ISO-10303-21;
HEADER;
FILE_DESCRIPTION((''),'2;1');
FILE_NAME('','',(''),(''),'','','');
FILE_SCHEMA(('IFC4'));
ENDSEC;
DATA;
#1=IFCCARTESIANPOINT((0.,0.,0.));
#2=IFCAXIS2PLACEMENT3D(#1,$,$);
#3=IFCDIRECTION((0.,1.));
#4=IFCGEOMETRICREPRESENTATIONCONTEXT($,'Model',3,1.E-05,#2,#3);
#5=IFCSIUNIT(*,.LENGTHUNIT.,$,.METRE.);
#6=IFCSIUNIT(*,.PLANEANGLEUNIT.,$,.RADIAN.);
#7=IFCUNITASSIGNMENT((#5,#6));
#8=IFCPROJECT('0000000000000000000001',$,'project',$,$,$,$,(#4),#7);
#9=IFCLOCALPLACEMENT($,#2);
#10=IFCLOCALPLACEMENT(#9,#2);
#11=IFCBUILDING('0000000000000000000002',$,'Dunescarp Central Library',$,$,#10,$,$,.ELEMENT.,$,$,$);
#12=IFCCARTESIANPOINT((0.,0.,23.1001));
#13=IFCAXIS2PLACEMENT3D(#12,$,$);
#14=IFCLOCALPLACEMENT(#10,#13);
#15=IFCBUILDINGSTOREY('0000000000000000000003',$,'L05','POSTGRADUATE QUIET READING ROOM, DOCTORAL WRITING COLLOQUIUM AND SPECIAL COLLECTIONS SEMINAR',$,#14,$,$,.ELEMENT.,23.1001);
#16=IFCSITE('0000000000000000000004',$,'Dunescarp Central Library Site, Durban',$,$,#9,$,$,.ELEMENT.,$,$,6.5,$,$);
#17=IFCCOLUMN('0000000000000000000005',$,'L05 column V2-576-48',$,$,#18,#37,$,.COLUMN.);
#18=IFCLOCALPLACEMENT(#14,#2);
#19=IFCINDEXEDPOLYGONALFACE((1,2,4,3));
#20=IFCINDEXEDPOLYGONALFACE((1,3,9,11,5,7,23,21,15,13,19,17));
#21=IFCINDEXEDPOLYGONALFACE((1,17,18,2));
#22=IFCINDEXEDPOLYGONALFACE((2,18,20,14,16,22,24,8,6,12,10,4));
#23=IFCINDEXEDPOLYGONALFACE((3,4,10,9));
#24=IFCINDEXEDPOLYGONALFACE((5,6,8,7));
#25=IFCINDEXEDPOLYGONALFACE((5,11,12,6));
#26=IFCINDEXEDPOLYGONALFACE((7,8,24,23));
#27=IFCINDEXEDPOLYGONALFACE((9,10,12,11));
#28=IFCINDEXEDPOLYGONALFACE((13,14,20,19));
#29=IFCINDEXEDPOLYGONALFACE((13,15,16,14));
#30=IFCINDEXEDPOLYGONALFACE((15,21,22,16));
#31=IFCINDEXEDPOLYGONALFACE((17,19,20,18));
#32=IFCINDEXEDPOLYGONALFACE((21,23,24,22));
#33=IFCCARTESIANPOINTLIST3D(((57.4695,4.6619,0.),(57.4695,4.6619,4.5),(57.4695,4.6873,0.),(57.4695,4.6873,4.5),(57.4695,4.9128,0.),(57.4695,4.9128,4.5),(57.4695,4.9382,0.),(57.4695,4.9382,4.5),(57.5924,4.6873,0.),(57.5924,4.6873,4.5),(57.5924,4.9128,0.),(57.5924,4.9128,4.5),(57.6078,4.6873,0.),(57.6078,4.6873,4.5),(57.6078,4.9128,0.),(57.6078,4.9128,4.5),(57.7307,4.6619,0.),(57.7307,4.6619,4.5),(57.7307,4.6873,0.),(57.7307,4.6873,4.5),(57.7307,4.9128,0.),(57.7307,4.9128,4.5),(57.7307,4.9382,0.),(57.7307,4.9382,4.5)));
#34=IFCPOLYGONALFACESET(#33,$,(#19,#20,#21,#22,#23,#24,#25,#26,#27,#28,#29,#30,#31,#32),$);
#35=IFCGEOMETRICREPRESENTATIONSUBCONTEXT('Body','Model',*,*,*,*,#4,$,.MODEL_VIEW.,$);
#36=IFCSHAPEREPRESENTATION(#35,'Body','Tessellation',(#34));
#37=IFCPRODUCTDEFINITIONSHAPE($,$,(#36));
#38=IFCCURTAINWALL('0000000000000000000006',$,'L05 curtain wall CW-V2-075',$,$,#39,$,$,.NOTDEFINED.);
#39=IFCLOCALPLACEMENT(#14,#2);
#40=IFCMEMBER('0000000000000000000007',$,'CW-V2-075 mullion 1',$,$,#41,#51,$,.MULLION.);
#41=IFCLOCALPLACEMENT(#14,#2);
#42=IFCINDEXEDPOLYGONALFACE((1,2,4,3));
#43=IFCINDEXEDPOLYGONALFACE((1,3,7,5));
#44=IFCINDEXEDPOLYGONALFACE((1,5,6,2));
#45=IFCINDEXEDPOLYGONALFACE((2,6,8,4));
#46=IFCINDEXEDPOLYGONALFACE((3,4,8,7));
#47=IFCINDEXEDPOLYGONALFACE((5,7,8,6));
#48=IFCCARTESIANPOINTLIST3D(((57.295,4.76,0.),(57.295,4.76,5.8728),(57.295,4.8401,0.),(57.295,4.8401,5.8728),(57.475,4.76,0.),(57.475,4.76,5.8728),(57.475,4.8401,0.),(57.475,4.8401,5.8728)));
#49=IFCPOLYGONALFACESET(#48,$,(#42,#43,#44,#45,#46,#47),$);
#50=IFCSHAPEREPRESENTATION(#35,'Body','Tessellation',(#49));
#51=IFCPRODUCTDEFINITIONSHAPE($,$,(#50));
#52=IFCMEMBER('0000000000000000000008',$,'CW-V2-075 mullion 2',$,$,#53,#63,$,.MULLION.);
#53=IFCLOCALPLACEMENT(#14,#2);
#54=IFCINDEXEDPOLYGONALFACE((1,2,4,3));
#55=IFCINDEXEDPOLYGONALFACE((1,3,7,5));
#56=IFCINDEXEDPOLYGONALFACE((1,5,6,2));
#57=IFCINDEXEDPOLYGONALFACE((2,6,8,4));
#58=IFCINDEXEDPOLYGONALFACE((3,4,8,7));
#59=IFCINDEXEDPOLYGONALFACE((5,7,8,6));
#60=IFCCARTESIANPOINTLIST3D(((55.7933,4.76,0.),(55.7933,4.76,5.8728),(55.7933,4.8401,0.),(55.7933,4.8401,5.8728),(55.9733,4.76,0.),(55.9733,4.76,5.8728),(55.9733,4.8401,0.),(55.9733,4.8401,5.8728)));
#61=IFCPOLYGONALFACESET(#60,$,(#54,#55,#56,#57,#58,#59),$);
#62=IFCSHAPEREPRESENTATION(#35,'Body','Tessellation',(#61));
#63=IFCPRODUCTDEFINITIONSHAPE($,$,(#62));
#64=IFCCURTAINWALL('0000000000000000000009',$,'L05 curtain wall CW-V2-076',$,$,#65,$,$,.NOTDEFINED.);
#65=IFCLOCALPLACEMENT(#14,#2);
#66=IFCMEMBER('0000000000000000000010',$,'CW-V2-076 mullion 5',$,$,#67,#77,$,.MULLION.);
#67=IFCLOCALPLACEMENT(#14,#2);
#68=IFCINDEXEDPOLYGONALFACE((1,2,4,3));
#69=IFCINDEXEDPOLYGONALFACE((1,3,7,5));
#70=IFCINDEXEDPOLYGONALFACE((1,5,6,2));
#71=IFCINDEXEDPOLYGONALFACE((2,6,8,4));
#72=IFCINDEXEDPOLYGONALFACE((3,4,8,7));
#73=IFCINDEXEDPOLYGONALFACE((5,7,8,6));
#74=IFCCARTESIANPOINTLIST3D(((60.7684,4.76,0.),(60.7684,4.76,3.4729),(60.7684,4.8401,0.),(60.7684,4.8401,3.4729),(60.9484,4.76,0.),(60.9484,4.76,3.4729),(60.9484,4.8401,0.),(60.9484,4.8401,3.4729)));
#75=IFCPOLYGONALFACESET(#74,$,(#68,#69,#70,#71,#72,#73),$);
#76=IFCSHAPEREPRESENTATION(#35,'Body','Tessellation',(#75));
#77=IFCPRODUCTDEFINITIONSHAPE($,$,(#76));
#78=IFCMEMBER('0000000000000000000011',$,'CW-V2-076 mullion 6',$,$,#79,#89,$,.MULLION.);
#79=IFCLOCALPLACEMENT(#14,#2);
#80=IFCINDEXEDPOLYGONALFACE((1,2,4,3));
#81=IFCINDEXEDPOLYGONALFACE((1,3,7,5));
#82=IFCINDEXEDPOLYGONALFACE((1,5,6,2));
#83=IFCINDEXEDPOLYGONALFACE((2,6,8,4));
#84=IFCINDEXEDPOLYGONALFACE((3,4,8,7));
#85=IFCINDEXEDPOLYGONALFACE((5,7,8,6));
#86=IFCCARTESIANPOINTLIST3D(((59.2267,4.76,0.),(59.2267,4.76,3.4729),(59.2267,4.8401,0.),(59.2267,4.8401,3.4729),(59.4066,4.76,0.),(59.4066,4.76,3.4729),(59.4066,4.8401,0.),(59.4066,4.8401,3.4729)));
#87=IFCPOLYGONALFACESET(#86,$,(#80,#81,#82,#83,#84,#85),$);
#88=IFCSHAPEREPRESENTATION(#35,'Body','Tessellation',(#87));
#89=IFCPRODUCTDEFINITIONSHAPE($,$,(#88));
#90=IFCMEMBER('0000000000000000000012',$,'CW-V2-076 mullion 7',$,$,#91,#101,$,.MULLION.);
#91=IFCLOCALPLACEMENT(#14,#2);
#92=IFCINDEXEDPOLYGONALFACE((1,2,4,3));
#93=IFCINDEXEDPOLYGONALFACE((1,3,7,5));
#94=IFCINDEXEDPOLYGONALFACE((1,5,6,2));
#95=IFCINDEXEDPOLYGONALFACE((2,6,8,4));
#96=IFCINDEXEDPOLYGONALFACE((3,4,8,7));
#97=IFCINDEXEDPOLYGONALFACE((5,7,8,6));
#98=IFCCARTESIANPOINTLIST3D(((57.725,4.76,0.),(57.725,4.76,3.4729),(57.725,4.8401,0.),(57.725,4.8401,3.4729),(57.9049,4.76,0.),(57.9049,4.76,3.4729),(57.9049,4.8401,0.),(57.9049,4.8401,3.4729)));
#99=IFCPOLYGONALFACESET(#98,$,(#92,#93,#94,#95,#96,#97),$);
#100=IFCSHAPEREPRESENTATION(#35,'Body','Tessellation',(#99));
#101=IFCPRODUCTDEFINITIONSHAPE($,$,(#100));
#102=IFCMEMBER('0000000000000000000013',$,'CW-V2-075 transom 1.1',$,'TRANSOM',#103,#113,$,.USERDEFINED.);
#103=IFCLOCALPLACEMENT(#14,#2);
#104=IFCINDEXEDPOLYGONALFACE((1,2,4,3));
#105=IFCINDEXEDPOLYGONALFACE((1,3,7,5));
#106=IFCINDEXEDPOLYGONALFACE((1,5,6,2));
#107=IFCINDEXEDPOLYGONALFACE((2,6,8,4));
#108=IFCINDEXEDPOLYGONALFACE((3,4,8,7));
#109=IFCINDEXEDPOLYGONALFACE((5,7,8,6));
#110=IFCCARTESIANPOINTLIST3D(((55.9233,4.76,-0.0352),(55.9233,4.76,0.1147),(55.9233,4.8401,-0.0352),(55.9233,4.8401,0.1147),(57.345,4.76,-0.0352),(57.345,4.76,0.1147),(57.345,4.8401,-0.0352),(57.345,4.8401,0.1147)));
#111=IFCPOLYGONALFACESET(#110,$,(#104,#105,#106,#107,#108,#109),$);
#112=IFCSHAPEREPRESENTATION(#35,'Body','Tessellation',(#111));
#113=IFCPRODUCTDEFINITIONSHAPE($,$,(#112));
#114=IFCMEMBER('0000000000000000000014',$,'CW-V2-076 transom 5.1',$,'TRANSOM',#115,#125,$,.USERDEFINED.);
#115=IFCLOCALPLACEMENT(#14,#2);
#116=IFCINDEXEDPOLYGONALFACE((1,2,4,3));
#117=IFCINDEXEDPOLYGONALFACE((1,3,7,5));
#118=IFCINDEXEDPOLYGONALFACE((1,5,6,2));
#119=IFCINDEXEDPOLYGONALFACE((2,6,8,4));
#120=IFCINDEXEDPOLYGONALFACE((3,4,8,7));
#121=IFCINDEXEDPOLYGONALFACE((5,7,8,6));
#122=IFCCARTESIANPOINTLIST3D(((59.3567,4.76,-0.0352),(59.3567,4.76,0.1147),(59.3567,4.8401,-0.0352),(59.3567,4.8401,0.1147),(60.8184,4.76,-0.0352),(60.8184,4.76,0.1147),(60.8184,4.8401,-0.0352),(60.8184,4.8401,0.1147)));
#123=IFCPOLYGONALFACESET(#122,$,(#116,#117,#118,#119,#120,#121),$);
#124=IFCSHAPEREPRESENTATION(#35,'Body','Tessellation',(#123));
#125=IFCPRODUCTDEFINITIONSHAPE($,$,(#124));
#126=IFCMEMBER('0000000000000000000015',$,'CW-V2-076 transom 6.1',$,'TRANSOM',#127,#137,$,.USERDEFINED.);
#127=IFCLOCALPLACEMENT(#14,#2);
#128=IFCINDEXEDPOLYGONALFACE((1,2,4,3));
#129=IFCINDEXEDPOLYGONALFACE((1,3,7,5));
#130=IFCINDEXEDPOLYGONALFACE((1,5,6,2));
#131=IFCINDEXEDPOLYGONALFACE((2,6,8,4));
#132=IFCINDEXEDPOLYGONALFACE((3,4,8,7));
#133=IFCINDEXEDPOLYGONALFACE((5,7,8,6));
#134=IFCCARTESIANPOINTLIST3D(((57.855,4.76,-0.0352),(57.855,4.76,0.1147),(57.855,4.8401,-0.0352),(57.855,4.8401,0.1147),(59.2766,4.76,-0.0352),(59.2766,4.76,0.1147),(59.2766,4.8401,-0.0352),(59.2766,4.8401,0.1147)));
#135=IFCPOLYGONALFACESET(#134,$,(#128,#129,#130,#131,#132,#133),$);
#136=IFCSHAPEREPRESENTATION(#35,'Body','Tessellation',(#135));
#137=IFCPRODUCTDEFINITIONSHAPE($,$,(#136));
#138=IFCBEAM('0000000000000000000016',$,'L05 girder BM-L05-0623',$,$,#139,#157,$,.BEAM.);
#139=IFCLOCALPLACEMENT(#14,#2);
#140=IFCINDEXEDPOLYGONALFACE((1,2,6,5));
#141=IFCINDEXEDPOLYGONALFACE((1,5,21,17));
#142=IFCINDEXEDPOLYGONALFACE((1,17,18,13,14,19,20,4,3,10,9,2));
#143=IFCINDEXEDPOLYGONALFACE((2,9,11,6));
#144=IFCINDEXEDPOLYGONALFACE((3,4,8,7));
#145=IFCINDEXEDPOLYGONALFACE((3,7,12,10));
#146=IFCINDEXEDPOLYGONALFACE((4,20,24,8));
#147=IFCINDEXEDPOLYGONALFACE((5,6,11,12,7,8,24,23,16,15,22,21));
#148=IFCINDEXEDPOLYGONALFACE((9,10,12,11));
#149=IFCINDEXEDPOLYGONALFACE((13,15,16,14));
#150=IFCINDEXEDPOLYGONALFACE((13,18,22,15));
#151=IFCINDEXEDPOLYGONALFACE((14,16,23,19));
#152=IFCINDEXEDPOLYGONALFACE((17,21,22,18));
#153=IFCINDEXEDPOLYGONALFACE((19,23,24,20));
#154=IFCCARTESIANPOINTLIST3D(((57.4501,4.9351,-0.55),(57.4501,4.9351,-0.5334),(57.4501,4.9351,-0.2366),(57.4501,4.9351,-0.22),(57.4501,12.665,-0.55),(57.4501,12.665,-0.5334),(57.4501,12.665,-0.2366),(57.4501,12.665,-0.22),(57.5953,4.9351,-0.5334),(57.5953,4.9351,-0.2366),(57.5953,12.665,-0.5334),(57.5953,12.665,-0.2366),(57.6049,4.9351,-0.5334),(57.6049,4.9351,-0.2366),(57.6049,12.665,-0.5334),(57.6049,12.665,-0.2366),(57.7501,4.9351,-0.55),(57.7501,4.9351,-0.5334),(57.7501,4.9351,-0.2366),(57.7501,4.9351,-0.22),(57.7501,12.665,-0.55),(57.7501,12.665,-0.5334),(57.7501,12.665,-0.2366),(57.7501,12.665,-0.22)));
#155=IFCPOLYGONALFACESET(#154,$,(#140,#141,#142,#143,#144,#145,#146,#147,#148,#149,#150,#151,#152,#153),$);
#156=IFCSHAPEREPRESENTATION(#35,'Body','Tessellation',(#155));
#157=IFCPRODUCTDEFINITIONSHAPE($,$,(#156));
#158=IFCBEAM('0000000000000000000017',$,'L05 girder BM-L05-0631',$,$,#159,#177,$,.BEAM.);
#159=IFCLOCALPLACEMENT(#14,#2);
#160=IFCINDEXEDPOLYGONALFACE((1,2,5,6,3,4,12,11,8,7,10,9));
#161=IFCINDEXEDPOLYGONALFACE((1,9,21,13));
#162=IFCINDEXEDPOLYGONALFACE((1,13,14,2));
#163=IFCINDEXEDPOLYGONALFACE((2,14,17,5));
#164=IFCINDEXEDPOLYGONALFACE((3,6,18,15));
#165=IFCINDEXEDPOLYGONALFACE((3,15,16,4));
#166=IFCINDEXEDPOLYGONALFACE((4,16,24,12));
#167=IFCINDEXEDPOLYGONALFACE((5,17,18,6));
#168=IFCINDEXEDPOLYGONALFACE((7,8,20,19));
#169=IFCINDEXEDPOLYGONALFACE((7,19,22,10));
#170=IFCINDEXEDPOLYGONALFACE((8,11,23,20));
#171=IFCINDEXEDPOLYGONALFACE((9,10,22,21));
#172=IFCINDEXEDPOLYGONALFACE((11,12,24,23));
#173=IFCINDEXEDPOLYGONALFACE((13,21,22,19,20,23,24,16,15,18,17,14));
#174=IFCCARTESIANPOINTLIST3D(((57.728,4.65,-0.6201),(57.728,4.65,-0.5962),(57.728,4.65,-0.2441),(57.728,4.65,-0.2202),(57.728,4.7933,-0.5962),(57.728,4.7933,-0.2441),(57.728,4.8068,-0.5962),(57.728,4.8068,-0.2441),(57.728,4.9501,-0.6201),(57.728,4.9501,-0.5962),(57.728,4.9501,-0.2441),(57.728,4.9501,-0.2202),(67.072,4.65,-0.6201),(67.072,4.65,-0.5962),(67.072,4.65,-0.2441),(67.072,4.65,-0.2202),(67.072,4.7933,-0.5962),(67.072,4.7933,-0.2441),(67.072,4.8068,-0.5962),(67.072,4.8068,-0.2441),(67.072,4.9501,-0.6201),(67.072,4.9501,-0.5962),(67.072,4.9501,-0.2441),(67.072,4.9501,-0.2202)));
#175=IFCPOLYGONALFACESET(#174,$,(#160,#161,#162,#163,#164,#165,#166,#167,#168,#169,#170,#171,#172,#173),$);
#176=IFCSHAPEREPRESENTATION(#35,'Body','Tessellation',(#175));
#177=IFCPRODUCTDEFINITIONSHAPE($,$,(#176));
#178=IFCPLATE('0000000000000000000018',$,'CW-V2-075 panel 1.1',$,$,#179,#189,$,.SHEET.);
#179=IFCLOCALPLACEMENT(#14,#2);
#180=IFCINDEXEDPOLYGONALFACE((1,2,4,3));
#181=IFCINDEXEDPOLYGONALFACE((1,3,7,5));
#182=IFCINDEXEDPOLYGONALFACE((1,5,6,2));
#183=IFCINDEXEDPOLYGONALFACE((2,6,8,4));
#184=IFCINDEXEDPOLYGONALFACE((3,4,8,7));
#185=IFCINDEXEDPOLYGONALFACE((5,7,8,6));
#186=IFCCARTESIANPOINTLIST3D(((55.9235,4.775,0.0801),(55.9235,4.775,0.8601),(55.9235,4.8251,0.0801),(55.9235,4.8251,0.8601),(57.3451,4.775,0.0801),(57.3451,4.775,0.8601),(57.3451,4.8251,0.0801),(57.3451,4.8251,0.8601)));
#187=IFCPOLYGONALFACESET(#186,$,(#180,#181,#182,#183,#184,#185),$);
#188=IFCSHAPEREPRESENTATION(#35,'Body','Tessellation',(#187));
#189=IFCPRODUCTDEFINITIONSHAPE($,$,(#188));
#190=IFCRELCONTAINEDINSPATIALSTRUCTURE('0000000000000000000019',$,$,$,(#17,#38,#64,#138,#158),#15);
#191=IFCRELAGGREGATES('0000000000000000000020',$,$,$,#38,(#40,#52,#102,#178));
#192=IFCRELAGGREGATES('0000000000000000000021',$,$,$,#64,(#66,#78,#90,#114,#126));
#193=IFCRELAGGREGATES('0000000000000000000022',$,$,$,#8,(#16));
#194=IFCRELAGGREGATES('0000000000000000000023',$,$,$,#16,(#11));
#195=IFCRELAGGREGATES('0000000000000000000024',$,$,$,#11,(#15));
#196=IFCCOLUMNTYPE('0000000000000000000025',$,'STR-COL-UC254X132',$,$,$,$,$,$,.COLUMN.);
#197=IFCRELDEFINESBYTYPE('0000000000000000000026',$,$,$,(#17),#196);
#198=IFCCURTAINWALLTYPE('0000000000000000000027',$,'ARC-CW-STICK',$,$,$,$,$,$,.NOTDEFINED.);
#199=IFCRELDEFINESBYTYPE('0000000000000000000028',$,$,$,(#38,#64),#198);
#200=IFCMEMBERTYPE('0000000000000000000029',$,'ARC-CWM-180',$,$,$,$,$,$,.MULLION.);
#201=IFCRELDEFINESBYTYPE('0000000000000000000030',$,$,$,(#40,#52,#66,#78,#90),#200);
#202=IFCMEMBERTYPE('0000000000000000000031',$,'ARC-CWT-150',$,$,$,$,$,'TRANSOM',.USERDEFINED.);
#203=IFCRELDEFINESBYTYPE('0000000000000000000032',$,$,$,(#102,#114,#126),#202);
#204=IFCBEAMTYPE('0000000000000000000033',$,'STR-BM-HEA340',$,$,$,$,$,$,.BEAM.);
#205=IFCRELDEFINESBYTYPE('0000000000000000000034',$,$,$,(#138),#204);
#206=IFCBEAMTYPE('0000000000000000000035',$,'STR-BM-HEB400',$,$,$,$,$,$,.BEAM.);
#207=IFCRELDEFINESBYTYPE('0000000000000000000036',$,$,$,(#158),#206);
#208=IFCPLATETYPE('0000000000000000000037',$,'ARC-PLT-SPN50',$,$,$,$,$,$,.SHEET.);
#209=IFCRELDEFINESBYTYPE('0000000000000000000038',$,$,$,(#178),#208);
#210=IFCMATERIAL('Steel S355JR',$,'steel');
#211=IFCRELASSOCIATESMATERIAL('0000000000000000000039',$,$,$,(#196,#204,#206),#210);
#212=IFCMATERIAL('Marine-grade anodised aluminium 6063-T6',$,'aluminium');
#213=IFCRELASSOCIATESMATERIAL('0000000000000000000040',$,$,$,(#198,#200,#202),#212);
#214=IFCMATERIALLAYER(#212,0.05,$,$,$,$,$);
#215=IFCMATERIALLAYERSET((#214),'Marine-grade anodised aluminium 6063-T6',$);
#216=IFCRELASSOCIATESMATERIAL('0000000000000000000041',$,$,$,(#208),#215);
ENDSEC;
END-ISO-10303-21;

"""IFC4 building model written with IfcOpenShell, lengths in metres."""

from ifc_helpers import new_model, si_unit, direction, frame, origin, origin_2d, place, context, subcontext, project, spatial, rectangle, i_section, extrude, material, layer, layer_set, material_profile, profile_set, type_object, element, aggregate, save


model = new_model("IFC4")

# Units and contexts
model_context = context("Model", 3, precision=1e-05, world=origin(), true_north=direction((0.0, 1.0)))
body_context = subcontext(model_context, "Body", "Model", "MODEL_VIEW")
ifc_project = project(units=[si_unit("LENGTHUNIT", "METRE"), si_unit("PLANEANGLEUNIT", "RADIAN")], contexts=[model_context])

# Site, building, storey
site_placement = place(None, origin())
site = spatial("IfcSite", under=ifc_project, at=site_placement, Name="Dunescarp Central Library Site, Durban", CompositionType="ELEMENT", RefElevation=6.5)
building_placement = place(site_placement, origin())
building = spatial("IfcBuilding", under=site, at=building_placement, Name="Dunescarp Central Library", CompositionType="ELEMENT")
storey_placement = place(building_placement, frame((0.0, 0.0, 23.1001)))
storey = spatial("IfcBuildingStorey", under=building, at=storey_placement, Name="L05", Description="POSTGRADUATE QUIET READING ROOM, DOCTORAL WRITING COLLOQUIUM AND SPECIAL COLLECTIONS SEMINAR", CompositionType="ELEMENT", Elevation=23.1001)

# Column
ifc_material_1 = material(Name="Steel S355JR", Category="steel")
ifc_material_profile_1 = material_profile(ifc_material_1, i_section(OverallWidth=0.2612, OverallDepth=0.2764, WebThickness=0.0154, FlangeThickness=0.0254, at=origin_2d()), Name="UC 254x254x132")
ifc_profile_set_1 = profile_set([ifc_material_profile_1], Name="Steel S355JR")
column_type = type_object("IfcColumnType", Name="STR-COL-UC254X132", PredefinedType="COLUMN", material=ifc_profile_set_1)
column_placement = place(storey_placement, frame((57.6001, 4.8, 0.0), z_axis=(0.0, 0.0, 1.0), x_axis=(1.0, 0.0, 0.0)))
element("IfcColumn", 1, at=column_placement, inside=storey, type_object=column_type, Name="L05 column V2-576-48", PredefinedType="COLUMN", context=body_context, shape_type="SweptSolid", body=[
    extrude(i_section(OverallWidth=0.2612, OverallDepth=0.2764, WebThickness=0.0154, FlangeThickness=0.0254, at=origin_2d()), origin(), (0.0, 0.0, 1.0), 4.5),
])

# Curtain walls, members
ifc_material_2 = material(Name="Marine-grade anodised aluminium 6063-T6", Category="aluminium")
curtain_wall_type = type_object("IfcCurtainWallType", Name="ARC-CW-STICK", PredefinedType="NOTDEFINED", material=ifc_material_2)
curtain_wall_1_placement = place(storey_placement, origin())
curtain_wall_1 = element("IfcCurtainWall", 2, at=curtain_wall_1_placement, inside=storey, type_object=curtain_wall_type, Name="L05 curtain wall CW-V2-075", PredefinedType="NOTDEFINED")
ifc_material_profile_2 = material_profile(ifc_material_2, rectangle(XDim=0.0801, YDim=0.1799, at=origin_2d()), Name="AL 80x180")
ifc_profile_set_2 = profile_set([ifc_material_profile_2], Name="Marine-grade anodised aluminium 6063-T6")
member_type_1 = type_object("IfcMemberType", Name="ARC-CWM-180", PredefinedType="MULLION", material=ifc_profile_set_2)
member_1_placement = place(storey_placement, frame((57.385, 4.8, 0.0), z_axis=(0.0, 0.0, 1.0), x_axis=(0.0, -1.0, 0.0)))
member_1 = element("IfcMember", 3, at=member_1_placement, type_object=member_type_1, Name="CW-V2-075 mullion 1", PredefinedType="MULLION", context=body_context, shape_type="SweptSolid", body=[
    extrude(rectangle(XDim=0.0801, YDim=0.1799, at=origin_2d()), origin(), (0.0, 0.0, 1.0), 5.8728),
])
member_2_placement = place(storey_placement, frame((55.8833, 4.8, 0.0), z_axis=(0.0, 0.0, 1.0), x_axis=(0.0, -1.0, 0.0)))
member_2 = element("IfcMember", 4, at=member_2_placement, type_object=member_type_1, Name="CW-V2-075 mullion 2", PredefinedType="MULLION", context=body_context, shape_type="SweptSolid", body=[
    extrude(rectangle(XDim=0.0801, YDim=0.1799, at=origin_2d()), origin(), (0.0, 0.0, 1.0), 5.8728),
])
curtain_wall_2_placement = place(storey_placement, origin())
curtain_wall_2 = element("IfcCurtainWall", 5, at=curtain_wall_2_placement, inside=storey, type_object=curtain_wall_type, Name="L05 curtain wall CW-V2-076", PredefinedType="NOTDEFINED")
member_3_placement = place(storey_placement, frame((60.8584, 4.8, 0.0), z_axis=(0.0, 0.0, 1.0), x_axis=(0.0, -1.0, 0.0)))
member_3 = element("IfcMember", 6, at=member_3_placement, type_object=member_type_1, Name="CW-V2-076 mullion 5", PredefinedType="MULLION", context=body_context, shape_type="SweptSolid", body=[
    extrude(rectangle(XDim=0.0801, YDim=0.1799, at=origin_2d()), origin(), (0.0, 0.0, 1.0), 3.4729),
])
member_4_placement = place(storey_placement, frame((59.3167, 4.8, 0.0), z_axis=(0.0, 0.0, 1.0), x_axis=(0.0, -1.0, 0.0)))
member_4 = element("IfcMember", 7, at=member_4_placement, type_object=member_type_1, Name="CW-V2-076 mullion 6", PredefinedType="MULLION", context=body_context, shape_type="SweptSolid", body=[
    extrude(rectangle(XDim=0.0801, YDim=0.1799, at=origin_2d()), origin(), (0.0, 0.0, 1.0), 3.4729),
])
member_5_placement = place(storey_placement, frame((57.8149, 4.8, 0.0), z_axis=(0.0, 0.0, 1.0), x_axis=(0.0, -1.0, 0.0)))
member_5 = element("IfcMember", 8, at=member_5_placement, type_object=member_type_1, Name="CW-V2-076 mullion 7", PredefinedType="MULLION", context=body_context, shape_type="SweptSolid", body=[
    extrude(rectangle(XDim=0.0801, YDim=0.1799, at=origin_2d()), origin(), (0.0, 0.0, 1.0), 3.4729),
])

# Members
ifc_material_profile_3 = material_profile(ifc_material_2, rectangle(XDim=0.0801, YDim=0.1499, at=origin_2d()), Name="AL 80x150")
ifc_profile_set_3 = profile_set([ifc_material_profile_3], Name="Marine-grade anodised aluminium 6063-T6")
member_type_2 = type_object("IfcMemberType", Name="ARC-CWT-150", ElementType="TRANSOM", PredefinedType="USERDEFINED", material=ifc_profile_set_3)
member_6_placement = place(storey_placement, frame((57.345, 4.8, 0.0398), z_axis=(-1.0, 0.0, 0.0), x_axis=(0.0, -1.0, 0.0)))
member_6 = element("IfcMember", 9, at=member_6_placement, type_object=member_type_2, Name="CW-V2-075 transom 1.1", ObjectType="TRANSOM", PredefinedType="USERDEFINED", context=body_context, shape_type="SweptSolid", body=[
    extrude(rectangle(XDim=0.0801, YDim=0.1499, at=origin_2d()), origin(), (0.0, 0.0, 1.0), 1.4216),
])
member_7_placement = place(storey_placement, frame((60.8184, 4.8, 0.0398), z_axis=(-1.0, 0.0, 0.0), x_axis=(0.0, -1.0, 0.0)))
member_7 = element("IfcMember", 10, at=member_7_placement, type_object=member_type_2, Name="CW-V2-076 transom 5.1", ObjectType="TRANSOM", PredefinedType="USERDEFINED", context=body_context, shape_type="SweptSolid", body=[
    extrude(rectangle(XDim=0.0801, YDim=0.1499, at=origin_2d()), origin(), (0.0, 0.0, 1.0), 1.4617),
])
member_8_placement = place(storey_placement, frame((59.2766, 4.8, 0.0398), z_axis=(-1.0, 0.0, 0.0), x_axis=(0.0, -1.0, 0.0)))
member_8 = element("IfcMember", 11, at=member_8_placement, type_object=member_type_2, Name="CW-V2-076 transom 6.1", ObjectType="TRANSOM", PredefinedType="USERDEFINED", context=body_context, shape_type="SweptSolid", body=[
    extrude(rectangle(XDim=0.0801, YDim=0.1499, at=origin_2d()), origin(), (0.0, 0.0, 1.0), 1.4216),
])

# Beams
ifc_material_profile_4 = material_profile(ifc_material_1, i_section(OverallWidth=0.3, OverallDepth=0.3301, WebThickness=0.0095, FlangeThickness=0.0166, at=origin_2d()), Name="HEA 340")
ifc_profile_set_4 = profile_set([ifc_material_profile_4], Name="Steel S355JR")
beam_type_1 = type_object("IfcBeamType", Name="STR-BM-HEA340", PredefinedType="BEAM", material=ifc_profile_set_4)
beam_1_placement = place(storey_placement, frame((57.6001, 4.9351, -0.385), z_axis=(0.0, 1.0, 0.0), x_axis=(-1.0, 0.0, 0.0)))
element("IfcBeam", 12, at=beam_1_placement, inside=storey, type_object=beam_type_1, Name="L05 girder BM-L05-0623", PredefinedType="BEAM", context=body_context, shape_type="SweptSolid", body=[
    extrude(i_section(OverallWidth=0.3, OverallDepth=0.3301, WebThickness=0.0095, FlangeThickness=0.0166, at=origin_2d()), origin(), (0.0, 0.0, 1.0), 7.73),
])
ifc_material_profile_5 = material_profile(ifc_material_1, i_section(OverallWidth=0.3, OverallDepth=0.3999, WebThickness=0.0134, FlangeThickness=0.0239, at=origin_2d()), Name="HEB 400")
ifc_profile_set_5 = profile_set([ifc_material_profile_5], Name="Steel S355JR")
beam_type_2 = type_object("IfcBeamType", Name="STR-BM-HEB400", PredefinedType="BEAM", material=ifc_profile_set_5)
beam_2_placement = place(storey_placement, frame((57.728, 4.8, -0.4202), z_axis=(1.0, 0.0, 0.0), x_axis=(0.0, 1.0, 0.0)))
element("IfcBeam", 13, at=beam_2_placement, inside=storey, type_object=beam_type_2, Name="L05 girder BM-L05-0631", PredefinedType="BEAM", context=body_context, shape_type="SweptSolid", body=[
    extrude(i_section(OverallWidth=0.3, OverallDepth=0.3999, WebThickness=0.0134, FlangeThickness=0.0239, at=origin_2d()), origin(), (0.0, 0.0, 1.0), 9.344),
])

# Plate
ifc_layer_1 = layer(ifc_material_2, 0.05)
ifc_layer_set_1 = layer_set([ifc_layer_1], Name="Marine-grade anodised aluminium 6063-T6")
plate_type = type_object("IfcPlateType", Name="ARC-PLT-SPN50", PredefinedType="SHEET", material=ifc_layer_set_1)
plate_1_placement = place(storey_placement, frame((56.6343, 4.8, 0.0801), z_axis=(0.0, 0.0, 1.0), x_axis=(-1.0, 0.0, 0.0)))
plate_1 = element("IfcPlate", 14, at=plate_1_placement, type_object=plate_type, Name="CW-V2-075 panel 1.1", PredefinedType="SHEET", context=body_context, shape_type="SweptSolid", body=[
    extrude(rectangle(XDim=1.4216, YDim=0.05, at=origin_2d()), origin(), (0.0, 0.0, 1.0), 0.78),
])
aggregate(curtain_wall_1, [member_1, member_2, member_6, plate_1])
aggregate(curtain_wall_2, [member_3, member_4, member_5, member_7, member_8])

save(model, "model.ifc")
